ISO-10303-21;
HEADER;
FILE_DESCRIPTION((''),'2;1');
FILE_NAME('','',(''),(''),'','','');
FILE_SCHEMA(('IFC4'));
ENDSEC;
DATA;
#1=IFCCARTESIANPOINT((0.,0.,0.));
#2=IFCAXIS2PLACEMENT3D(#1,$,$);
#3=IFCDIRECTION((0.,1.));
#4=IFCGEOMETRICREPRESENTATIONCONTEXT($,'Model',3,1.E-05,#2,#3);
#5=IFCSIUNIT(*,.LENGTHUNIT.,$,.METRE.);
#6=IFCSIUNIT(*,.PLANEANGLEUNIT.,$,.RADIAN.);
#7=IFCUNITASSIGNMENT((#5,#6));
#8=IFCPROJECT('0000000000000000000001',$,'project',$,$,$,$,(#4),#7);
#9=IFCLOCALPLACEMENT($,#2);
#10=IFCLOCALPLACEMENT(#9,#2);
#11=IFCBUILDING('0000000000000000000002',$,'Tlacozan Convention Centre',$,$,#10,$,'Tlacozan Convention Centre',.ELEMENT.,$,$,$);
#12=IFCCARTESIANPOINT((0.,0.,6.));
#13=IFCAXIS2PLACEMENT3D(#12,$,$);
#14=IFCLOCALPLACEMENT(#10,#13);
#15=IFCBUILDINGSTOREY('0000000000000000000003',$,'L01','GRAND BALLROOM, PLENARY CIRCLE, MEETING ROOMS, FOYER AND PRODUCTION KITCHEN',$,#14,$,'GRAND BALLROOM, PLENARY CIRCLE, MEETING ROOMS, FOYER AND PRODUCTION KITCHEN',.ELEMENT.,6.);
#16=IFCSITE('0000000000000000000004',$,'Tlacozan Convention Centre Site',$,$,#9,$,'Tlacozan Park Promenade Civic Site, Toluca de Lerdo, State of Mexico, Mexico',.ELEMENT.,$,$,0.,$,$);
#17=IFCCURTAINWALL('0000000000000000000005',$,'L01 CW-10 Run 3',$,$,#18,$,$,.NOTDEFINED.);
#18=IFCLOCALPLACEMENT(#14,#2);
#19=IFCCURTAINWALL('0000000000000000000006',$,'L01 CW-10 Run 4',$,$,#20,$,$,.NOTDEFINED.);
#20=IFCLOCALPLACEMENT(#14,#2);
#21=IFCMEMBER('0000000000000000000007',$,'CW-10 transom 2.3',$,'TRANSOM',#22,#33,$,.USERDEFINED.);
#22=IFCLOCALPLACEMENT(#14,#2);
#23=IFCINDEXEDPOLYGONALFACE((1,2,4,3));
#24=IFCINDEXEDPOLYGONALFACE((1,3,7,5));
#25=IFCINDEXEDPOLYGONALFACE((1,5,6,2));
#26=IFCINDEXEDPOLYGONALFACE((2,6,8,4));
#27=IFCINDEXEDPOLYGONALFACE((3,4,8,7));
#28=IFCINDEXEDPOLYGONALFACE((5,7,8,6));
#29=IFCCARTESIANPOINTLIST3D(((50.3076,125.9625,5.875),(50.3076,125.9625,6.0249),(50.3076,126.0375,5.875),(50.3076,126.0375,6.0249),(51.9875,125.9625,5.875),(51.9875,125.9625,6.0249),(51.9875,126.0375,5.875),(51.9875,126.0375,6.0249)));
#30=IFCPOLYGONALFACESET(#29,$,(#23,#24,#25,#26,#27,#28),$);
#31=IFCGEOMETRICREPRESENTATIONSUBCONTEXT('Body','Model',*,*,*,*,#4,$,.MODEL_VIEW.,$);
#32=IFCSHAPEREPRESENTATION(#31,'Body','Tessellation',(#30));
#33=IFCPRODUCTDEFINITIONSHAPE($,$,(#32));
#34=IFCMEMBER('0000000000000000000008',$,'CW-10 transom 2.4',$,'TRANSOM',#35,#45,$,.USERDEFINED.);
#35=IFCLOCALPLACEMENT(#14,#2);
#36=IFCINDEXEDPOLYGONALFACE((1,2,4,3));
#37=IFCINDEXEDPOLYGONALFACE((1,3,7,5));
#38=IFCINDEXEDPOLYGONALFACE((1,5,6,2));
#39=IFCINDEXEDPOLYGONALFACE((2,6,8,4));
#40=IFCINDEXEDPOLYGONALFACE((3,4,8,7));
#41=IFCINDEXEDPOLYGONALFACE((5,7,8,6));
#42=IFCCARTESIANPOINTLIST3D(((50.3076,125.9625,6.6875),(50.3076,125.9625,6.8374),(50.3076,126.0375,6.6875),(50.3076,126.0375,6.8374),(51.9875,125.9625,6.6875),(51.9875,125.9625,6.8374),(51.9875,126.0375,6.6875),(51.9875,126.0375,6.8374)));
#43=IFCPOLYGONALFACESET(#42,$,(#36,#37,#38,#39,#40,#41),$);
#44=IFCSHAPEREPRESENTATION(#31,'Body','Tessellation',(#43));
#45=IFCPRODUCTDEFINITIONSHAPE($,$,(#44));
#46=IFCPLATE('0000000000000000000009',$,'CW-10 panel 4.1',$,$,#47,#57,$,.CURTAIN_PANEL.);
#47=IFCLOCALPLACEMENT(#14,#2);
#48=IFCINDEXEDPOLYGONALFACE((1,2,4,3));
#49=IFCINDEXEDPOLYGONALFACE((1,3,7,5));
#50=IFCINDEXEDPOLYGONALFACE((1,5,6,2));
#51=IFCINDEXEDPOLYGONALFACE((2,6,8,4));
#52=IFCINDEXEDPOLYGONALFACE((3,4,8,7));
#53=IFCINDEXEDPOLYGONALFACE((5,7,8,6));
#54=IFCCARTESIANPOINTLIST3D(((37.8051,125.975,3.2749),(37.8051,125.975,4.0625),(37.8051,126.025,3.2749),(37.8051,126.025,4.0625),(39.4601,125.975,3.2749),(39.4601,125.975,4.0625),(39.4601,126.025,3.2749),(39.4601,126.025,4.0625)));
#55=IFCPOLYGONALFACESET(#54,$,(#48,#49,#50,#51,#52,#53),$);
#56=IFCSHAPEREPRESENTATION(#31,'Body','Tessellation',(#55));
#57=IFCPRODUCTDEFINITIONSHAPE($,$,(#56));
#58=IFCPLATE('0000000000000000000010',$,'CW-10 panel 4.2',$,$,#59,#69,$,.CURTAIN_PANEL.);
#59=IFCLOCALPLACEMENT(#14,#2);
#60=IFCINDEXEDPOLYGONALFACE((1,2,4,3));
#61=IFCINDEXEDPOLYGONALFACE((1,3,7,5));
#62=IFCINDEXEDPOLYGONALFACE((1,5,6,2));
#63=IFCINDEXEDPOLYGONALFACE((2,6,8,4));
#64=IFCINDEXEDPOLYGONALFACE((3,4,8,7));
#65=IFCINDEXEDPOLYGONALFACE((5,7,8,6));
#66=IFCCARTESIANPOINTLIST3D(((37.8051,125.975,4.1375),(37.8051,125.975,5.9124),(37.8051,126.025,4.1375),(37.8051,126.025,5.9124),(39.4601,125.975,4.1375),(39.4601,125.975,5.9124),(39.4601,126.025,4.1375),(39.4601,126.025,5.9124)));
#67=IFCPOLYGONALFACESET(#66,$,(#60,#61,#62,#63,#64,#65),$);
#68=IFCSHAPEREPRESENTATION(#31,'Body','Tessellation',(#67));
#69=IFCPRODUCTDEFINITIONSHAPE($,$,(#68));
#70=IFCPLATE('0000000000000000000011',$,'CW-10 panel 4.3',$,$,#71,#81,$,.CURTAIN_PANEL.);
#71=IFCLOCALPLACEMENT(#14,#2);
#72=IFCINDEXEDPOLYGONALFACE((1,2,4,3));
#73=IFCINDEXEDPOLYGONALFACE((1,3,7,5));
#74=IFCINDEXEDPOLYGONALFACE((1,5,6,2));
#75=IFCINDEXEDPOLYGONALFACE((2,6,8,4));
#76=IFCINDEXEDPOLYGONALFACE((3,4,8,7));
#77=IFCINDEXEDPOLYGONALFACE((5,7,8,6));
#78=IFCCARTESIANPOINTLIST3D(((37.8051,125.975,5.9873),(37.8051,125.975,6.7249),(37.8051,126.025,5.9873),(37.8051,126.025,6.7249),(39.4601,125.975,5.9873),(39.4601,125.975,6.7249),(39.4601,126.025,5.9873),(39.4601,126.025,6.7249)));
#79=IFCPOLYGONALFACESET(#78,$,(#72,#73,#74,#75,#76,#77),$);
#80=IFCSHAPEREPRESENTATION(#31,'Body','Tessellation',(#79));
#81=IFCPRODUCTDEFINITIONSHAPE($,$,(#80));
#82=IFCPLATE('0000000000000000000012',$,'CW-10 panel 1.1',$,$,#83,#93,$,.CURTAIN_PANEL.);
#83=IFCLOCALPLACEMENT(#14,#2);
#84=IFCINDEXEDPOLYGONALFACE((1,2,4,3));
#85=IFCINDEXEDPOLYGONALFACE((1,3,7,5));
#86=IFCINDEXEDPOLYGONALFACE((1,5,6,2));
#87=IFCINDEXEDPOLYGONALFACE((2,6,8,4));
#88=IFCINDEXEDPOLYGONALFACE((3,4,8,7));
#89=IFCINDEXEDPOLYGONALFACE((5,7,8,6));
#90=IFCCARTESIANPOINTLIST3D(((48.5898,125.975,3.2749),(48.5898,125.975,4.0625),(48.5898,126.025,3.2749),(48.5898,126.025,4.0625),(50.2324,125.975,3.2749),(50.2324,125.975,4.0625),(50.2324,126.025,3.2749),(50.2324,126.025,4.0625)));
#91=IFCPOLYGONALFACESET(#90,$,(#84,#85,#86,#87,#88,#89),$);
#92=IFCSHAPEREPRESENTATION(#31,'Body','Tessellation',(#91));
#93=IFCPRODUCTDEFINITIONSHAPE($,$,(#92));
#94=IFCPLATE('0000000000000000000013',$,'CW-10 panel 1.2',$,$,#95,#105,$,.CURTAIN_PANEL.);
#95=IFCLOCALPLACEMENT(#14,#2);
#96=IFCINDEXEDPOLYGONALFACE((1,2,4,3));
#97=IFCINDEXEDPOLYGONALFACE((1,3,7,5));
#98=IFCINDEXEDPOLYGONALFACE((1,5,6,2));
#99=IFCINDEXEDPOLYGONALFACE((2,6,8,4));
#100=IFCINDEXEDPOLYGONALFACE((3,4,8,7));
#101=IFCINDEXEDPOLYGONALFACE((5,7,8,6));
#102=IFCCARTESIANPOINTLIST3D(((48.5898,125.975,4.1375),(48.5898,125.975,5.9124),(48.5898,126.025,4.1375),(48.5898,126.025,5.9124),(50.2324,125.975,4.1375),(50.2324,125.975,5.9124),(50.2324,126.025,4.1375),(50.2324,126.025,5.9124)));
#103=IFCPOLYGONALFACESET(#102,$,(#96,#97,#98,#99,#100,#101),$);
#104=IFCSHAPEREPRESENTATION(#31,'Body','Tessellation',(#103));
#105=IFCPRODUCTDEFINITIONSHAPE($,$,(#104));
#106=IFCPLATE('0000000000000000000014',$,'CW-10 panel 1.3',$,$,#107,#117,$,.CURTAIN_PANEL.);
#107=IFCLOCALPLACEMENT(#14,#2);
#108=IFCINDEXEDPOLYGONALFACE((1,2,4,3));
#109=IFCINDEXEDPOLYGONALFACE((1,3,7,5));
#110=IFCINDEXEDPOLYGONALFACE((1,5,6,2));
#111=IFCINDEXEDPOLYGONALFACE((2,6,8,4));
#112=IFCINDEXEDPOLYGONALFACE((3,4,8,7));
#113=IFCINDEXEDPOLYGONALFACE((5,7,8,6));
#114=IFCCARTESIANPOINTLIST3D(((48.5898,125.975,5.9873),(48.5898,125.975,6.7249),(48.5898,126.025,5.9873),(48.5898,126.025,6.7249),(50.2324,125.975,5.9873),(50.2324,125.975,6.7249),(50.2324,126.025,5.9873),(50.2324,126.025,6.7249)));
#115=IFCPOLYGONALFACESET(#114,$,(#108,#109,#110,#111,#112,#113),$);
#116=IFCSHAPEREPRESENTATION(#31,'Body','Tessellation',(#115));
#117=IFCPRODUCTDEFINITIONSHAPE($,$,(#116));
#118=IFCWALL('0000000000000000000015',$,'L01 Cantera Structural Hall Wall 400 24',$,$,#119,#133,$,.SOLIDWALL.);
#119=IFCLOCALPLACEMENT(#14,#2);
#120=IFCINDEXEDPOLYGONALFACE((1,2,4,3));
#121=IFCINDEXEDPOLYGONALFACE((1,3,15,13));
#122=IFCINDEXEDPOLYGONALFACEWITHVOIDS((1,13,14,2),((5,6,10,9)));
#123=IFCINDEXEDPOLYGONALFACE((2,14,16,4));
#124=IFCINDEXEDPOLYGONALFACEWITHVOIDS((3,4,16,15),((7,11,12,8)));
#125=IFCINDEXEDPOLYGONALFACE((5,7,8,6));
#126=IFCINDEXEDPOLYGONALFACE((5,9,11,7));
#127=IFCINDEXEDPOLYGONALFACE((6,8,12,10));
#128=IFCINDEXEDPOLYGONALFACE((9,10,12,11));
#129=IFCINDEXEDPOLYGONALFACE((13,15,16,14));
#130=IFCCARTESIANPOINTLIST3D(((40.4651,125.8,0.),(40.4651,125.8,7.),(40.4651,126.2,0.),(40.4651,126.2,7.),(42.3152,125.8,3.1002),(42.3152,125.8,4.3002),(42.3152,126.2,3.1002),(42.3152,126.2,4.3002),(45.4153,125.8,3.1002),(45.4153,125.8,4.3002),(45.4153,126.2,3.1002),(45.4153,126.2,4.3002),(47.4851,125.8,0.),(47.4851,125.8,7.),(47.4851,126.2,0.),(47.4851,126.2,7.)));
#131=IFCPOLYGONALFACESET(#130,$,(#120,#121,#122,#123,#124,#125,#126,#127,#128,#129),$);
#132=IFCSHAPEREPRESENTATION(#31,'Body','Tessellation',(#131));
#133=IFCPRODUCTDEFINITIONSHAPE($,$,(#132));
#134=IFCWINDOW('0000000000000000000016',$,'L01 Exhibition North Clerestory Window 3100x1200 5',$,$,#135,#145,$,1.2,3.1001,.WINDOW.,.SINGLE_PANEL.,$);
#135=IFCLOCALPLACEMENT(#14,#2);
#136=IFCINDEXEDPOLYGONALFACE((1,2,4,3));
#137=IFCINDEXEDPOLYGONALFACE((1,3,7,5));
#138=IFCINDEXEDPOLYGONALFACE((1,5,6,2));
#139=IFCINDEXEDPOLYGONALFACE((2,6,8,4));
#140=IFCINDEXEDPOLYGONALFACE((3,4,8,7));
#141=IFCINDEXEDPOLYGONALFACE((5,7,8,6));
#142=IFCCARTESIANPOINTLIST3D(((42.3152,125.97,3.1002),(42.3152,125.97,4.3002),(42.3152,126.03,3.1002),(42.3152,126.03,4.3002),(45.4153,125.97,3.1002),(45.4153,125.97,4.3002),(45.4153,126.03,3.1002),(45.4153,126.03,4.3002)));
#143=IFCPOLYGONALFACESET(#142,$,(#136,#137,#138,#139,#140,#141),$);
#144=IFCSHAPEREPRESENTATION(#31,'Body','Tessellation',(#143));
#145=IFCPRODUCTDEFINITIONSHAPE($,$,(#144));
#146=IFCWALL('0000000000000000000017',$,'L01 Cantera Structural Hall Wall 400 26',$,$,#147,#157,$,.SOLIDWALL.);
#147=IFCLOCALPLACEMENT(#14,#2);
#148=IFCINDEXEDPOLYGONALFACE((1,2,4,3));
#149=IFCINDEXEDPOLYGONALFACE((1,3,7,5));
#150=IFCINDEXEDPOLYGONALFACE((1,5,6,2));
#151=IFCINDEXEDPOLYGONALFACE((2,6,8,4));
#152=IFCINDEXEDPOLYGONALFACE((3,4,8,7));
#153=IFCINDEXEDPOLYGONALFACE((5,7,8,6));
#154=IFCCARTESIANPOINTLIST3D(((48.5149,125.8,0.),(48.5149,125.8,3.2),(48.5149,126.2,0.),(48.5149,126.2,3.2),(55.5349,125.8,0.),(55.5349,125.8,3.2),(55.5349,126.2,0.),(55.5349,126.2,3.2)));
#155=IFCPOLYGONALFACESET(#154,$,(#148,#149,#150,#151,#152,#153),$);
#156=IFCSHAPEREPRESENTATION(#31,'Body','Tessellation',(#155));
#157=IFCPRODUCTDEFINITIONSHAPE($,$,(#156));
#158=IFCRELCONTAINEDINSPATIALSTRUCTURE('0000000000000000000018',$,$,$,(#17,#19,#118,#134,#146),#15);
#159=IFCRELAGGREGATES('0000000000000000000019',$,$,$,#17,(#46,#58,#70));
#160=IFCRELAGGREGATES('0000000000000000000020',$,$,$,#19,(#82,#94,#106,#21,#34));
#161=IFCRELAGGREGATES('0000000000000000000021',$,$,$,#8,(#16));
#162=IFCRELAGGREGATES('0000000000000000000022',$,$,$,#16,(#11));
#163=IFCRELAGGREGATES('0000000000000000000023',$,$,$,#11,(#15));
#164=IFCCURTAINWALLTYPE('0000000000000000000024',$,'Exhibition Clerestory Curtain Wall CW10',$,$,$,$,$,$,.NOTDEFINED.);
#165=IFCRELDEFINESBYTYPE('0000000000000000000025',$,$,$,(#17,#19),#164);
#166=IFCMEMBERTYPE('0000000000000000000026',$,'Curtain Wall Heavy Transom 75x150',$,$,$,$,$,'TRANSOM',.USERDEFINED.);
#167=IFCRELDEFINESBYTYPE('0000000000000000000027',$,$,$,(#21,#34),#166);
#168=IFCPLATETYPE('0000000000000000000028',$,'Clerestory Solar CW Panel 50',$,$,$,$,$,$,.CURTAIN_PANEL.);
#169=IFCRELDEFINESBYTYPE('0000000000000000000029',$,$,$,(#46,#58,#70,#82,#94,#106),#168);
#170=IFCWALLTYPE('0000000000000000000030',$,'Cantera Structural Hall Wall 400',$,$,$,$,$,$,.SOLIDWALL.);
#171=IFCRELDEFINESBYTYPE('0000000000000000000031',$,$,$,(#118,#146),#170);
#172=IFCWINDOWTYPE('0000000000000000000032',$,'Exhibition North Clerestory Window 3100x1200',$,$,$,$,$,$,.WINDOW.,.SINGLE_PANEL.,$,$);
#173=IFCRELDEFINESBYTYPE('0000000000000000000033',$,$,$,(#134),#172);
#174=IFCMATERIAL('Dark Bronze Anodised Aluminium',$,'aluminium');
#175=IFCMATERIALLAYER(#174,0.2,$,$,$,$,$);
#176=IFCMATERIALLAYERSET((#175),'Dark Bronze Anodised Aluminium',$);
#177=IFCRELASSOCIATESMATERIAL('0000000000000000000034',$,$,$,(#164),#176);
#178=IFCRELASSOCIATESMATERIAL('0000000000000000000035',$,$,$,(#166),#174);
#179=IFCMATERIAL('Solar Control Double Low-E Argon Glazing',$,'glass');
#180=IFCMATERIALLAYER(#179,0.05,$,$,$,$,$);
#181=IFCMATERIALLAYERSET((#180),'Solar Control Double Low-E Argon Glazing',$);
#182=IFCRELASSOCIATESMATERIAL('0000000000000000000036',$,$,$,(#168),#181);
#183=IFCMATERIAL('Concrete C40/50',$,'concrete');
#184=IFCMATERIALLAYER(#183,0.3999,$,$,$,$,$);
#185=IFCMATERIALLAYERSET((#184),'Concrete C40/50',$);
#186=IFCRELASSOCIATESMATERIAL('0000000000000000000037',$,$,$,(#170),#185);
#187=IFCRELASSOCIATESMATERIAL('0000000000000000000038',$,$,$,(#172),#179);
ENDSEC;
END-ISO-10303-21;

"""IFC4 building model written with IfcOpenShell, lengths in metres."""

from ifc_helpers import new_model, si_unit, direction, frame, frame_2d, origin, origin_2d, place, context, subcontext, project, spatial, rectangle, extrude, material, layer, layer_set, material_profile, profile_set, type_object, element, fill, aggregate, save


model = new_model("IFC4")

# Units and contexts
model_context = context("Model", 3, precision=1e-05, world=origin(), true_north=direction((0.0, 1.0)))
body_context = subcontext(model_context, "Body", "Model", "MODEL_VIEW")
ifc_project = project(units=[si_unit("LENGTHUNIT", "METRE"), si_unit("PLANEANGLEUNIT", "RADIAN")], contexts=[model_context])

# Site, building, storey
site_placement = place(None, origin())
site = spatial("IfcSite", under=ifc_project, at=site_placement, Name="Tlacozan Convention Centre Site", LongName="Tlacozan Park Promenade Civic Site, Toluca de Lerdo, State of Mexico, Mexico", CompositionType="ELEMENT", RefElevation=0.0)
building_placement = place(site_placement, origin())
building = spatial("IfcBuilding", under=site, at=building_placement, Name="Tlacozan Convention Centre", LongName="Tlacozan Convention Centre", CompositionType="ELEMENT")
storey_placement = place(building_placement, frame((0.0, 0.0, 6.0)))
storey = spatial("IfcBuildingStorey", under=building, at=storey_placement, Name="L01", Description="GRAND BALLROOM, PLENARY CIRCLE, MEETING ROOMS, FOYER AND PRODUCTION KITCHEN", LongName="GRAND BALLROOM, PLENARY CIRCLE, MEETING ROOMS, FOYER AND PRODUCTION KITCHEN", CompositionType="ELEMENT", Elevation=6.0)

# Shared definitions
ifc_material_1 = material(Name="Concrete C40/50", Category="concrete")

# Curtain wall
ifc_material_2 = material(Name="Dark Bronze Anodised Aluminium", Category="aluminium")
ifc_layer_1 = layer(ifc_material_2, 0.2)
ifc_layer_set_1 = layer_set([ifc_layer_1], Name="Dark Bronze Anodised Aluminium")
curtain_wall_type = type_object("IfcCurtainWallType", Name="Exhibition Clerestory Curtain Wall CW10", PredefinedType="NOTDEFINED", material=ifc_layer_set_1)
curtain_wall_1_placement = place(storey_placement, origin())
curtain_wall_1 = element("IfcCurtainWall", 1, at=curtain_wall_1_placement, inside=storey, type_object=curtain_wall_type, Name="L01 CW-10 Run 3", PredefinedType="NOTDEFINED")

# Curtain wall
curtain_wall_2_placement = place(storey_placement, origin())
curtain_wall_2 = element("IfcCurtainWall", 2, at=curtain_wall_2_placement, inside=storey, type_object=curtain_wall_type, Name="L01 CW-10 Run 4", PredefinedType="NOTDEFINED")

# Members
ifc_material_profile_1 = material_profile(ifc_material_2, rectangle(XDim=0.075, YDim=0.1499, at=origin_2d()), Name="ALU 75x150")
ifc_profile_set_1 = profile_set([ifc_material_profile_1], Name="Dark Bronze Anodised Aluminium")
member_type_1 = type_object("IfcMemberType", Name="Curtain Wall Heavy Transom 75x150", ElementType="TRANSOM", PredefinedType="USERDEFINED", material=ifc_profile_set_1)
member_1_placement = place(storey_placement, frame((50.3076, 126.0, 5.95), z_axis=(1.0, 0.0, 0.0), x_axis=(0.0, 1.0, 0.0)))
member_1 = element("IfcMember", 3, at=member_1_placement, type_object=member_type_1, Name="CW-10 transom 2.3", ObjectType="TRANSOM", PredefinedType="USERDEFINED", context=body_context, shape_type="SweptSolid", body=[
    extrude(rectangle(XDim=0.075, YDim=0.1499, at=origin_2d()), origin(), (0.0, 0.0, 1.0), 1.6799),
])
member_2_placement = place(storey_placement, frame((50.3076, 126.0, 6.7625), z_axis=(1.0, 0.0, 0.0), x_axis=(0.0, 1.0, 0.0)))
member_2 = element("IfcMember", 4, at=member_2_placement, type_object=member_type_1, Name="CW-10 transom 2.4", ObjectType="TRANSOM", PredefinedType="USERDEFINED", context=body_context, shape_type="SweptSolid", body=[
    extrude(rectangle(XDim=0.075, YDim=0.1499, at=origin_2d()), origin(), (0.0, 0.0, 1.0), 1.6799),
])

# Plates
ifc_material_3 = material(Name="Solar Control Double Low-E Argon Glazing", Category="glass")
ifc_layer_2 = layer(ifc_material_3, 0.05)
ifc_layer_set_2 = layer_set([ifc_layer_2], Name="Solar Control Double Low-E Argon Glazing")
plate_type = type_object("IfcPlateType", Name="Clerestory Solar CW Panel 50", PredefinedType="CURTAIN_PANEL", material=ifc_layer_set_2)
plate_1_placement = place(storey_placement, frame((38.6326, 126.0, 3.2749), z_axis=(0.0, 0.0, 1.0), x_axis=(1.0, 0.0, 0.0)))
plate_1 = element("IfcPlate", 5, at=plate_1_placement, type_object=plate_type, Name="CW-10 panel 4.1", PredefinedType="CURTAIN_PANEL", context=body_context, shape_type="SweptSolid", body=[
    extrude(rectangle(XDim=1.655, YDim=0.05, at=origin_2d()), origin(), (0.0, 0.0, 1.0), 0.7876),
])
plate_2_placement = place(storey_placement, frame((38.6326, 126.0, 4.1375), z_axis=(0.0, 0.0, 1.0), x_axis=(1.0, 0.0, 0.0)))
plate_2 = element("IfcPlate", 6, at=plate_2_placement, type_object=plate_type, Name="CW-10 panel 4.2", PredefinedType="CURTAIN_PANEL", context=body_context, shape_type="SweptSolid", body=[
    extrude(rectangle(XDim=1.655, YDim=0.05, at=origin_2d()), origin(), (0.0, 0.0, 1.0), 1.7749),
])
plate_3_placement = place(storey_placement, frame((38.6326, 126.0, 5.9873), z_axis=(0.0, 0.0, 1.0), x_axis=(1.0, 0.0, 0.0)))
plate_3 = element("IfcPlate", 7, at=plate_3_placement, type_object=plate_type, Name="CW-10 panel 4.3", PredefinedType="CURTAIN_PANEL", context=body_context, shape_type="SweptSolid", body=[
    extrude(rectangle(XDim=1.655, YDim=0.05, at=origin_2d()), origin(), (0.0, 0.0, 1.0), 0.7375),
])
aggregate(curtain_wall_1, [plate_1, plate_2, plate_3])
plate_4_placement = place(storey_placement, frame((49.4111, 126.0, 3.2749), z_axis=(0.0, 0.0, 1.0), x_axis=(1.0, 0.0, 0.0)))
plate_4 = element("IfcPlate", 8, at=plate_4_placement, type_object=plate_type, Name="CW-10 panel 1.1", PredefinedType="CURTAIN_PANEL", context=body_context, shape_type="SweptSolid", body=[
    extrude(rectangle(XDim=1.6426, YDim=0.05, at=origin_2d()), origin(), (0.0, 0.0, 1.0), 0.7876),
])
plate_5_placement = place(storey_placement, frame((49.4111, 126.0, 4.1375), z_axis=(0.0, 0.0, 1.0), x_axis=(1.0, 0.0, 0.0)))
plate_5 = element("IfcPlate", 9, at=plate_5_placement, type_object=plate_type, Name="CW-10 panel 1.2", PredefinedType="CURTAIN_PANEL", context=body_context, shape_type="SweptSolid", body=[
    extrude(rectangle(XDim=1.6426, YDim=0.05, at=origin_2d()), origin(), (0.0, 0.0, 1.0), 1.7749),
])
plate_6_placement = place(storey_placement, frame((49.4111, 126.0, 5.9873), z_axis=(0.0, 0.0, 1.0), x_axis=(1.0, 0.0, 0.0)))
plate_6 = element("IfcPlate", 10, at=plate_6_placement, type_object=plate_type, Name="CW-10 panel 1.3", PredefinedType="CURTAIN_PANEL", context=body_context, shape_type="SweptSolid", body=[
    extrude(rectangle(XDim=1.6426, YDim=0.05, at=origin_2d()), origin(), (0.0, 0.0, 1.0), 0.7375),
])
aggregate(curtain_wall_2, [plate_4, plate_5, plate_6, member_1, member_2])

# Wall, opening, window
ifc_layer_3 = layer(ifc_material_1, 0.3999)
ifc_layer_set_3 = layer_set([ifc_layer_3], Name="Concrete C40/50")
wall_type = type_object("IfcWallType", Name="Cantera Structural Hall Wall 400", PredefinedType="SOLIDWALL", material=ifc_layer_set_3)
wall_1_placement = place(storey_placement, frame((40.4651, 126.0, 0.0), z_axis=(0.0, 0.0, 1.0), x_axis=(1.0, 0.0, 0.0)))
wall_1 = element("IfcWall", 11, at=wall_1_placement, inside=storey, type_object=wall_type, Name="L01 Cantera Structural Hall Wall 400 24", PredefinedType="SOLIDWALL", context=body_context, shape_type="SweptSolid", body=[
    extrude(rectangle(XDim=7.02, YDim=0.3999, at=frame_2d((3.51, 0.0))), origin(), (0.0, 0.0, 1.0), 7.0),
])
opening_placement = place(wall_1_placement, frame((1.8501, 0.0, 3.1001)))
opening = element("IfcOpeningElement", 12, at=opening_placement, cuts=wall_1, PredefinedType="OPENING", context=body_context, shape_type="SweptSolid", body=[
    extrude(rectangle(XDim=3.1001, YDim=1.2, at=frame_2d((1.55, 0.6001))), frame((0.0, 0.21, 0.0), z_axis=(0.0, -1.0, 0.0), x_axis=(1.0, 0.0, 0.0)), (0.0, 0.0, 1.0), 0.4199),
])
window_type = type_object("IfcWindowType", Name="Exhibition North Clerestory Window 3100x1200", PartitioningType="SINGLE_PANEL", PredefinedType="WINDOW", material=ifc_material_3)
window_placement = place(opening_placement, origin())
window = element("IfcWindow", 13, at=window_placement, inside=storey, type_object=window_type, Name="L01 Exhibition North Clerestory Window 3100x1200 5", OverallHeight=1.2, OverallWidth=3.1001, PartitioningType="SINGLE_PANEL", PredefinedType="WINDOW", context=body_context, shape_type="SweptSolid", body=[
    extrude(rectangle(XDim=3.1001, YDim=1.2, at=frame_2d((1.55, 0.6001))), frame((0.0, 0.03, 0.0), z_axis=(0.0, -1.0, 0.0), x_axis=(1.0, 0.0, 0.0)), (0.0, 0.0, 1.0), 0.0601),
])
fill(opening, window)

# Wall
wall_2_placement = place(storey_placement, frame((48.5149, 126.0, 0.0), z_axis=(0.0, 0.0, 1.0), x_axis=(1.0, 0.0, 0.0)))
element("IfcWall", 14, at=wall_2_placement, inside=storey, type_object=wall_type, Name="L01 Cantera Structural Hall Wall 400 26", PredefinedType="SOLIDWALL", context=body_context, shape_type="SweptSolid", body=[
    extrude(rectangle(XDim=7.02, YDim=0.3999, at=frame_2d((3.51, 0.0))), origin(), (0.0, 0.0, 1.0), 3.2),
])

save(model, "model.ifc")
